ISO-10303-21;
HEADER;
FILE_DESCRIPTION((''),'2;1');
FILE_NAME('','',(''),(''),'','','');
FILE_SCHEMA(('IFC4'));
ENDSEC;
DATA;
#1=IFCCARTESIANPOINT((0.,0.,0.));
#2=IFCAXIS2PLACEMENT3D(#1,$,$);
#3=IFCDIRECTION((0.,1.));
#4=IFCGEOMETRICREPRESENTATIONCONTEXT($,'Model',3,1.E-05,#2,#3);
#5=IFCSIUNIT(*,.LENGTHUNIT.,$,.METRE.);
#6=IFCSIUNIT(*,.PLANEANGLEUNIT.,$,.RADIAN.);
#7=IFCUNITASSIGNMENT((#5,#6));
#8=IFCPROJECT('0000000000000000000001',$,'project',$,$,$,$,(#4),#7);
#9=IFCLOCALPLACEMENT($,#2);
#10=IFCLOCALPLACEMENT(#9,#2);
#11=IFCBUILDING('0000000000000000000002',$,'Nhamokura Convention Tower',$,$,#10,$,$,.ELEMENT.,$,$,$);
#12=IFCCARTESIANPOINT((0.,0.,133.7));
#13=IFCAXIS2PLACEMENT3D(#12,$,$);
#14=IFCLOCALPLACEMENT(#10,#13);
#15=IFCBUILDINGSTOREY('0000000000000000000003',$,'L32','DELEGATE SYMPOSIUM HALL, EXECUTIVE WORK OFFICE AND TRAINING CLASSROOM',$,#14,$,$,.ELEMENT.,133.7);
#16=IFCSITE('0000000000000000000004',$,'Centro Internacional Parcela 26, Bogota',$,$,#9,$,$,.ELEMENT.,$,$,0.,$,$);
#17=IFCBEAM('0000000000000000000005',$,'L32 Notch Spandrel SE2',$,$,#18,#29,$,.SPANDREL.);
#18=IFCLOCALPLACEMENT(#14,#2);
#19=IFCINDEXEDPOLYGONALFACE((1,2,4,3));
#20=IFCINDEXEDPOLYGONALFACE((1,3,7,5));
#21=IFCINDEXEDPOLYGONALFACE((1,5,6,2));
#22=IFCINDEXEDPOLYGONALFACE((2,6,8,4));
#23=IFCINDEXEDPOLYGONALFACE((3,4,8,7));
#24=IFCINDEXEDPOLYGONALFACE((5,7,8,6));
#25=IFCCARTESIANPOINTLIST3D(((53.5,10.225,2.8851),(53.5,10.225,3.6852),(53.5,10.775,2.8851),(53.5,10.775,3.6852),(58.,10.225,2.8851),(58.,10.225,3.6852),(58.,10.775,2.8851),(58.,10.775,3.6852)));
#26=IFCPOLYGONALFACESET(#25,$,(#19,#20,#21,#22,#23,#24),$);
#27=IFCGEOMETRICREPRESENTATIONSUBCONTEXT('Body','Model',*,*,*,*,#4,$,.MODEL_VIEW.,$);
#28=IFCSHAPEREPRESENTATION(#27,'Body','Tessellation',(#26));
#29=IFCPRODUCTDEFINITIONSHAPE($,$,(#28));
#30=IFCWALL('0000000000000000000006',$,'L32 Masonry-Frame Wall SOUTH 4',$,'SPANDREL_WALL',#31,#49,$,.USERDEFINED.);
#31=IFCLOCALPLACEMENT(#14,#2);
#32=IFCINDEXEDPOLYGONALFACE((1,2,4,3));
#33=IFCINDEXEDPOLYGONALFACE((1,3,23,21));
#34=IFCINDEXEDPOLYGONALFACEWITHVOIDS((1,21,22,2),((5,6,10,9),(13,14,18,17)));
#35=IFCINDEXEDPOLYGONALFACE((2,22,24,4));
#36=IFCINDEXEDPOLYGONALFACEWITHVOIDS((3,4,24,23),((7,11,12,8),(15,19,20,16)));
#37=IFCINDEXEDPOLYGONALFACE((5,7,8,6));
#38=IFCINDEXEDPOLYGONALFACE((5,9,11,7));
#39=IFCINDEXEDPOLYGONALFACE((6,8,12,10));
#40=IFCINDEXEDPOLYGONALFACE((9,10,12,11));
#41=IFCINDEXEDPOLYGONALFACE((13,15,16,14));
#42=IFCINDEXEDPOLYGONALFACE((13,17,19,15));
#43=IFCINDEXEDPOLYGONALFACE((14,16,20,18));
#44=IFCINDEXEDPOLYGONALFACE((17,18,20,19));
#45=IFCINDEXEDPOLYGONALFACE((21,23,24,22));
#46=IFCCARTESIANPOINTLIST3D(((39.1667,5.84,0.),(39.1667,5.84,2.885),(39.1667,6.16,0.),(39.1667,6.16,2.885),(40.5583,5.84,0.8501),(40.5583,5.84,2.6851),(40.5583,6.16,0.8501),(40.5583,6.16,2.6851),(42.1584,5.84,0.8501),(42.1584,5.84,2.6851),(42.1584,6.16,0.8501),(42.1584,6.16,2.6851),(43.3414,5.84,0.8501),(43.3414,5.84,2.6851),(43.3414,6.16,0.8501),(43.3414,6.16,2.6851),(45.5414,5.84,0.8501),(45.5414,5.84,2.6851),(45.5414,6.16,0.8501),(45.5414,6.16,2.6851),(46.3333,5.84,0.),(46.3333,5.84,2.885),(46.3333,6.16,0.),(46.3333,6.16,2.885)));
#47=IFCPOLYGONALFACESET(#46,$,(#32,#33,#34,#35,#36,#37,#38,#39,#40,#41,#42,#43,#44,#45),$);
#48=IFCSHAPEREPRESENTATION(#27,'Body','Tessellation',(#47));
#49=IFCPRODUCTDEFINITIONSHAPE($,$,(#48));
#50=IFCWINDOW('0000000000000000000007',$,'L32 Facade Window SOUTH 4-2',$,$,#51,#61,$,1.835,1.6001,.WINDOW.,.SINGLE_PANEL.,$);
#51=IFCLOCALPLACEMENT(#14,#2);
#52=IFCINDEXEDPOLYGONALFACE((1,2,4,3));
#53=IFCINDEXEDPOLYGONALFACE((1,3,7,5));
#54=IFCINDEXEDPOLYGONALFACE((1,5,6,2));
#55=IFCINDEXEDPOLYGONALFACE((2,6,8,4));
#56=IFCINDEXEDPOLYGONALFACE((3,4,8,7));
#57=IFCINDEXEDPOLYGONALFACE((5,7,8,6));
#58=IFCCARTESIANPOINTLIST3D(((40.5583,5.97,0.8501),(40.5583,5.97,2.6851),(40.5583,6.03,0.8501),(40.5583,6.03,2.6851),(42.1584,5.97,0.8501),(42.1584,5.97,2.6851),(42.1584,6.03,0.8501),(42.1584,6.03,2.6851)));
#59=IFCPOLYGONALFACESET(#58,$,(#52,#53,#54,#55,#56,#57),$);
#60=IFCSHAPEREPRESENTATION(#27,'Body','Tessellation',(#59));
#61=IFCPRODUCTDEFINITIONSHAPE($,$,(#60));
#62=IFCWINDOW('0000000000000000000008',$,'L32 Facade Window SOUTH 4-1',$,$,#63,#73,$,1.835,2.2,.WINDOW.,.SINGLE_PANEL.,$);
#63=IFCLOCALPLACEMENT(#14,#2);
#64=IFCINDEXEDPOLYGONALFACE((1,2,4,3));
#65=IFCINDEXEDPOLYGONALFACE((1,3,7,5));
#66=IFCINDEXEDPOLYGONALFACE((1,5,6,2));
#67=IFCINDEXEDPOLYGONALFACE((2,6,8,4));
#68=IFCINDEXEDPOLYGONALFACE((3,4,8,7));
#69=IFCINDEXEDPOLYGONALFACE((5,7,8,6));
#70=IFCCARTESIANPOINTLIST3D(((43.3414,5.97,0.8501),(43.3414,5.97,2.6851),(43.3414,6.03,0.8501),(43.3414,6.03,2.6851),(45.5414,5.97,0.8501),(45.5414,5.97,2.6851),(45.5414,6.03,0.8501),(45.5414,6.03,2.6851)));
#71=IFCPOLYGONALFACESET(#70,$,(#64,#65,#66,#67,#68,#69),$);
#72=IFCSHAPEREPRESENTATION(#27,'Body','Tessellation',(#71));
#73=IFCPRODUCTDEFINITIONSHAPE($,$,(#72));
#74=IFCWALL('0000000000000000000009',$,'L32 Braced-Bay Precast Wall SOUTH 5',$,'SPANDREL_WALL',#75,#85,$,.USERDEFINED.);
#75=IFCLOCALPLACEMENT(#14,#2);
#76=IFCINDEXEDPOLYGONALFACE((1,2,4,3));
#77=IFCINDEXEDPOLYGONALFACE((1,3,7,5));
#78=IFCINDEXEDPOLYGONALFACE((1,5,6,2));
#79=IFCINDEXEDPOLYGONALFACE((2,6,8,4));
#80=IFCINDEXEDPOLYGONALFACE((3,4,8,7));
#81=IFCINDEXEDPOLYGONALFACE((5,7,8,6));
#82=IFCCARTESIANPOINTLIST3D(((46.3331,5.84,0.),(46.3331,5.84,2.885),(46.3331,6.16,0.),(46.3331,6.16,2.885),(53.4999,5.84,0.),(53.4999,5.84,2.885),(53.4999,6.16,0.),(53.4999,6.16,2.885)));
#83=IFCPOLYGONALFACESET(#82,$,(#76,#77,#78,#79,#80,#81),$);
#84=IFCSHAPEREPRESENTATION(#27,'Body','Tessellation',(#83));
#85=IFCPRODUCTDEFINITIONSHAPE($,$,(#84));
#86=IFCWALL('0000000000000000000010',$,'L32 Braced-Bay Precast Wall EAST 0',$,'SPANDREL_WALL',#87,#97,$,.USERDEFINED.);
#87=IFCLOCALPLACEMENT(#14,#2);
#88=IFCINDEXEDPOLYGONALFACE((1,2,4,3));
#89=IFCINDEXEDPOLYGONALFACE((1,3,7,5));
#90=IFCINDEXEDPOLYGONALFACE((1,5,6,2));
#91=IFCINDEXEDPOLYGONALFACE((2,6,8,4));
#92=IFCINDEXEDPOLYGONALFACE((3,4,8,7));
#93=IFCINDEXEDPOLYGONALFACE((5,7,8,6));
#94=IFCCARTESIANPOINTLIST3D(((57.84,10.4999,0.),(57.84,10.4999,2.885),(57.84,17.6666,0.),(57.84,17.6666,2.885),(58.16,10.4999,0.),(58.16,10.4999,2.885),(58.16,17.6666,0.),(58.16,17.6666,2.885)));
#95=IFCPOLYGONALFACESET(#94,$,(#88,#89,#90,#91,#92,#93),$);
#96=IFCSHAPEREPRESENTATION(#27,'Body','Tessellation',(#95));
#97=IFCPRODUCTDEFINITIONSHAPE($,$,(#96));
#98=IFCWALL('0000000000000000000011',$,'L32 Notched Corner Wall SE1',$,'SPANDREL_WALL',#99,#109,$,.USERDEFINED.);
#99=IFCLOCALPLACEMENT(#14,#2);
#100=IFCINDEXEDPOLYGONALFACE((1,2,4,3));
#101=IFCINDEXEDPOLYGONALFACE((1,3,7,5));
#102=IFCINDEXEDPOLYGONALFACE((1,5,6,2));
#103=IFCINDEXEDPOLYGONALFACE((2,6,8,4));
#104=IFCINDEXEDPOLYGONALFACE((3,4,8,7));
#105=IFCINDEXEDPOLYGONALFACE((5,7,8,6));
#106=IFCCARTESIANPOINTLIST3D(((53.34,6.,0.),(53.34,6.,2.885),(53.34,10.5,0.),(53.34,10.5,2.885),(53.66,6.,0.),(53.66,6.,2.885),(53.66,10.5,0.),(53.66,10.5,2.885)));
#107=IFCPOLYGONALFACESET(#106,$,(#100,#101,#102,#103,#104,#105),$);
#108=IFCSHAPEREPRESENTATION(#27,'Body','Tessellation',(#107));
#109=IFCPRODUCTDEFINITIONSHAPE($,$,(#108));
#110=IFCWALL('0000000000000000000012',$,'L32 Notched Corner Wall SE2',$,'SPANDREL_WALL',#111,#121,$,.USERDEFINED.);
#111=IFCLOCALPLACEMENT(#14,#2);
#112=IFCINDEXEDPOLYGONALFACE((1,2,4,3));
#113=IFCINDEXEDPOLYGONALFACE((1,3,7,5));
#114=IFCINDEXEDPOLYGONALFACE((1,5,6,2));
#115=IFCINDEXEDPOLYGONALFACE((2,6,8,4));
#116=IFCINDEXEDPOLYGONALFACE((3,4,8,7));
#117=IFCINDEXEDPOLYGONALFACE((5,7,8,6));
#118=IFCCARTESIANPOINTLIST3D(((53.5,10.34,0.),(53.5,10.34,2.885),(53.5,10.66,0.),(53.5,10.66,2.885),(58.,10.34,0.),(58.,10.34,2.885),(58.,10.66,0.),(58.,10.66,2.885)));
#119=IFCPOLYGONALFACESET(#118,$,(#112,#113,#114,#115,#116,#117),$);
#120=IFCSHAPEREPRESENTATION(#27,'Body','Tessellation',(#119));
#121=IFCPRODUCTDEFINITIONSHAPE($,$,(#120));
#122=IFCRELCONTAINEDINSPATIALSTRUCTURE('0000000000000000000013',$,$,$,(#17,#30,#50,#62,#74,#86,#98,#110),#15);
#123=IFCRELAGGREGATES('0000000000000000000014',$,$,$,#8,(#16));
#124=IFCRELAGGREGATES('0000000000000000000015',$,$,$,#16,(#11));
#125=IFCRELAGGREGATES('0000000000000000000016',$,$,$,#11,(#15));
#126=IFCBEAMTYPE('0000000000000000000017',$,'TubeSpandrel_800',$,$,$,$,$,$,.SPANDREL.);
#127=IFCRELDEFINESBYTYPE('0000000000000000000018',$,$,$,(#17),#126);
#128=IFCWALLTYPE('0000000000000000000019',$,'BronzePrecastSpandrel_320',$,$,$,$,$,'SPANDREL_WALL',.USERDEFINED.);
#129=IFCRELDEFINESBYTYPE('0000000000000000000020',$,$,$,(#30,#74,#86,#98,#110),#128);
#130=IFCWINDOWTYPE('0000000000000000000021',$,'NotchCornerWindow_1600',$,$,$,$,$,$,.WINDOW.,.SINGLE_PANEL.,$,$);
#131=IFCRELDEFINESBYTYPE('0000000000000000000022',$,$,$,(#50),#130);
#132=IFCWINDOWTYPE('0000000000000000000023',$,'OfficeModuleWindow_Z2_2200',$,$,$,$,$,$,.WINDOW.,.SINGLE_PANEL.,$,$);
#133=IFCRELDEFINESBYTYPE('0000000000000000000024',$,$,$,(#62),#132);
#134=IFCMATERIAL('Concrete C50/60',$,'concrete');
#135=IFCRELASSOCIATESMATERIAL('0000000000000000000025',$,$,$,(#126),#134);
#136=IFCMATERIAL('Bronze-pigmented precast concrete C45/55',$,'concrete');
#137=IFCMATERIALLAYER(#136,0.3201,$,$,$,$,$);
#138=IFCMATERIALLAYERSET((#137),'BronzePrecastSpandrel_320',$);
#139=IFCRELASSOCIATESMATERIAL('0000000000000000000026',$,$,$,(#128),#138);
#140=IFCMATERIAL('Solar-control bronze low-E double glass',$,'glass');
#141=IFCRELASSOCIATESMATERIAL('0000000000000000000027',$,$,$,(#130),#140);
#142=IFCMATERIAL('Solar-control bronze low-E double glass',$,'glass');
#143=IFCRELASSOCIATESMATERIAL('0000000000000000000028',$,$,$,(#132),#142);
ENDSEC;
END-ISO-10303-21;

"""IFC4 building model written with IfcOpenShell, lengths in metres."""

from ifc_helpers import new_model, si_unit, direction, frame, frame_2d, origin, origin_2d, place, context, subcontext, project, spatial, rectangle, extrude, material, layer, layer_set, material_profile, profile_set, type_object, element, fill, save


model = new_model("IFC4")

# Units and contexts
model_context = context("Model", 3, precision=1e-05, world=origin(), true_north=direction((0.0, 1.0)))
body_context = subcontext(model_context, "Body", "Model", "MODEL_VIEW")
ifc_project = project(units=[si_unit("LENGTHUNIT", "METRE"), si_unit("PLANEANGLEUNIT", "RADIAN")], contexts=[model_context])

# Site, building, storey
site_placement = place(None, origin())
site = spatial("IfcSite", under=ifc_project, at=site_placement, Name="Centro Internacional Parcela 26, Bogota", CompositionType="ELEMENT", RefElevation=0.0)
building_placement = place(site_placement, origin())
building = spatial("IfcBuilding", under=site, at=building_placement, Name="Nhamokura Convention Tower", CompositionType="ELEMENT")
storey_placement = place(building_placement, frame((0.0, 0.0, 133.7)))
storey = spatial("IfcBuildingStorey", under=building, at=storey_placement, Name="L32", Description="DELEGATE SYMPOSIUM HALL, EXECUTIVE WORK OFFICE AND TRAINING CLASSROOM", CompositionType="ELEMENT", Elevation=133.7)

# Beam
ifc_material_1 = material(Name="Concrete C50/60", Category="concrete")
ifc_material_profile_1 = material_profile(ifc_material_1, rectangle(XDim=0.55, YDim=0.8, at=origin_2d()))
ifc_profile_set_1 = profile_set([ifc_material_profile_1], Name="Concrete C50/60")
beam_type_1 = type_object("IfcBeamType", Name="TubeSpandrel_800", PredefinedType="SPANDREL", material=ifc_profile_set_1)
for number, where, z_axis, x_axis, name in (
    (1, (53.5, 10.5, 3.2852), (1.0, 0.0, 0.0), (0.0, 1.0, 0.0), "L32 Notch Spandrel SE2"),
):
    element("IfcBeam", number, at=place(storey_placement, frame(where, z_axis=z_axis, x_axis=x_axis)), inside=storey, type_object=beam_type_1, Name=name, PredefinedType="SPANDREL", context=body_context, shape_type="SweptSolid", body=[
        extrude(rectangle(XDim=0.55, YDim=0.8, at=origin_2d()), origin(), (0.0, 0.0, 1.0), 4.5),
    ])

# Wall, openings, windows
ifc_material_2 = material(Name="Bronze-pigmented precast concrete C45/55", Category="concrete")
ifc_layer = layer(ifc_material_2, 0.3201)
ifc_layer_set = layer_set([ifc_layer], Name="BronzePrecastSpandrel_320")
wall_type = type_object("IfcWallType", Name="BronzePrecastSpandrel_320", ElementType="SPANDREL_WALL", PredefinedType="USERDEFINED", material=ifc_layer_set)
wall_placement = place(storey_placement, frame((46.3333, 6.0, 0.0), z_axis=(0.0, 0.0, 1.0), x_axis=(-1.0, 0.0, 0.0)))
wall = element("IfcWall", 2, at=wall_placement, inside=storey, type_object=wall_type, Name="L32 Masonry-Frame Wall SOUTH 4", ObjectType="SPANDREL_WALL", PredefinedType="USERDEFINED", context=body_context, shape_type="SweptSolid", body=[
    extrude(rectangle(XDim=7.1665, YDim=0.3201, at=frame_2d((3.5833, 0.0))), origin(), (0.0, 0.0, 1.0), 2.885),
])
opening_1_placement = place(wall_placement, frame((0.7917, 0.0, 0.8501)))
opening_1 = element("IfcOpeningElement", 3, at=opening_1_placement, cuts=wall, PredefinedType="OPENING", context=body_context, shape_type="SweptSolid", body=[
    extrude(rectangle(XDim=2.2, YDim=1.835, at=frame_2d((1.1001, 0.9175))), frame((0.0, 0.1699, 0.0), z_axis=(0.0, -1.0, 0.0), x_axis=(1.0, 0.0, 0.0)), (0.0, 0.0, 1.0), 0.3401),
])
opening_2_placement = place(wall_placement, frame((4.1748, 0.0, 0.8501)))
opening_2 = element("IfcOpeningElement", 4, at=opening_2_placement, cuts=wall, PredefinedType="OPENING", context=body_context, shape_type="SweptSolid", body=[
    extrude(rectangle(XDim=1.6001, YDim=1.835, at=frame_2d((0.8, 0.9175))), frame((0.0, 0.1699, 0.0), z_axis=(0.0, -1.0, 0.0), x_axis=(1.0, 0.0, 0.0)), (0.0, 0.0, 1.0), 0.3401),
])
ifc_material_3 = material(Name="Solar-control bronze low-E double glass", Category="glass")
window_type_1 = type_object("IfcWindowType", Name="NotchCornerWindow_1600", PartitioningType="SINGLE_PANEL", PredefinedType="WINDOW", material=ifc_material_3)
window_1_placement = place(opening_2_placement, origin())
window_1 = element("IfcWindow", 5, at=window_1_placement, inside=storey, type_object=window_type_1, Name="L32 Facade Window SOUTH 4-2", OverallHeight=1.835, OverallWidth=1.6001, PartitioningType="SINGLE_PANEL", PredefinedType="WINDOW", context=body_context, shape_type="SweptSolid", body=[
    extrude(rectangle(XDim=1.6001, YDim=1.835, at=frame_2d((0.8, 0.9175))), frame((0.0, 0.03, 0.0), z_axis=(0.0, -1.0, 0.0), x_axis=(1.0, 0.0, 0.0)), (0.0, 0.0, 1.0), 0.0601),
])
fill(opening_2, window_1)
ifc_material_4 = material(Name="Solar-control bronze low-E double glass", Category="glass")
window_type_2 = type_object("IfcWindowType", Name="OfficeModuleWindow_Z2_2200", PartitioningType="SINGLE_PANEL", PredefinedType="WINDOW", material=ifc_material_4)
window_2_placement = place(opening_1_placement, origin())
window_2 = element("IfcWindow", 6, at=window_2_placement, inside=storey, type_object=window_type_2, Name="L32 Facade Window SOUTH 4-1", OverallHeight=1.835, OverallWidth=2.2, PartitioningType="SINGLE_PANEL", PredefinedType="WINDOW", context=body_context, shape_type="SweptSolid", body=[
    extrude(rectangle(XDim=2.2, YDim=1.835, at=frame_2d((1.1001, 0.9175))), frame((0.0, 0.03, 0.0), z_axis=(0.0, -1.0, 0.0), x_axis=(1.0, 0.0, 0.0)), (0.0, 0.0, 1.0), 0.0601),
])
fill(opening_1, window_2)

# Walls
for number, where, z_axis, x_axis, name in (
    (7, (53.5, 6.0, 0.0), (0.0, 0.0, 1.0), (-1.0, 0.0, 0.0), "L32 Braced-Bay Precast Wall SOUTH 5"),
    (8, (58.0, 17.6667, 0.0), (0.0, 0.0, 1.0), (0.0, -1.0, 0.0), "L32 Braced-Bay Precast Wall EAST 0"),
):
    element("IfcWall", number, at=place(storey_placement, frame(where, z_axis=z_axis, x_axis=x_axis)), inside=storey, type_object=wall_type, Name=name, ObjectType="SPANDREL_WALL", PredefinedType="USERDEFINED", context=body_context, shape_type="SweptSolid", body=[
        extrude(rectangle(XDim=7.1667, YDim=0.3201, at=frame_2d((3.5835, 0.0))), origin(), (0.0, 0.0, 1.0), 2.885),
    ])
for number, where, z_axis, x_axis, name in (
    (9, (53.5, 10.5, 0.0), (0.0, 0.0, 1.0), (0.0, -1.0, 0.0), "L32 Notched Corner Wall SE1"),
    (10, (58.0, 10.5, 0.0), (0.0, 0.0, 1.0), (-1.0, 0.0, 0.0), "L32 Notched Corner Wall SE2"),
):
    element("IfcWall", number, at=place(storey_placement, frame(where, z_axis=z_axis, x_axis=x_axis)), inside=storey, type_object=wall_type, Name=name, ObjectType="SPANDREL_WALL", PredefinedType="USERDEFINED", context=body_context, shape_type="SweptSolid", body=[
        extrude(rectangle(XDim=4.5, YDim=0.3201, at=frame_2d((2.25, 0.0))), origin(), (0.0, 0.0, 1.0), 2.885),
    ])

save(model, "model.ifc")
